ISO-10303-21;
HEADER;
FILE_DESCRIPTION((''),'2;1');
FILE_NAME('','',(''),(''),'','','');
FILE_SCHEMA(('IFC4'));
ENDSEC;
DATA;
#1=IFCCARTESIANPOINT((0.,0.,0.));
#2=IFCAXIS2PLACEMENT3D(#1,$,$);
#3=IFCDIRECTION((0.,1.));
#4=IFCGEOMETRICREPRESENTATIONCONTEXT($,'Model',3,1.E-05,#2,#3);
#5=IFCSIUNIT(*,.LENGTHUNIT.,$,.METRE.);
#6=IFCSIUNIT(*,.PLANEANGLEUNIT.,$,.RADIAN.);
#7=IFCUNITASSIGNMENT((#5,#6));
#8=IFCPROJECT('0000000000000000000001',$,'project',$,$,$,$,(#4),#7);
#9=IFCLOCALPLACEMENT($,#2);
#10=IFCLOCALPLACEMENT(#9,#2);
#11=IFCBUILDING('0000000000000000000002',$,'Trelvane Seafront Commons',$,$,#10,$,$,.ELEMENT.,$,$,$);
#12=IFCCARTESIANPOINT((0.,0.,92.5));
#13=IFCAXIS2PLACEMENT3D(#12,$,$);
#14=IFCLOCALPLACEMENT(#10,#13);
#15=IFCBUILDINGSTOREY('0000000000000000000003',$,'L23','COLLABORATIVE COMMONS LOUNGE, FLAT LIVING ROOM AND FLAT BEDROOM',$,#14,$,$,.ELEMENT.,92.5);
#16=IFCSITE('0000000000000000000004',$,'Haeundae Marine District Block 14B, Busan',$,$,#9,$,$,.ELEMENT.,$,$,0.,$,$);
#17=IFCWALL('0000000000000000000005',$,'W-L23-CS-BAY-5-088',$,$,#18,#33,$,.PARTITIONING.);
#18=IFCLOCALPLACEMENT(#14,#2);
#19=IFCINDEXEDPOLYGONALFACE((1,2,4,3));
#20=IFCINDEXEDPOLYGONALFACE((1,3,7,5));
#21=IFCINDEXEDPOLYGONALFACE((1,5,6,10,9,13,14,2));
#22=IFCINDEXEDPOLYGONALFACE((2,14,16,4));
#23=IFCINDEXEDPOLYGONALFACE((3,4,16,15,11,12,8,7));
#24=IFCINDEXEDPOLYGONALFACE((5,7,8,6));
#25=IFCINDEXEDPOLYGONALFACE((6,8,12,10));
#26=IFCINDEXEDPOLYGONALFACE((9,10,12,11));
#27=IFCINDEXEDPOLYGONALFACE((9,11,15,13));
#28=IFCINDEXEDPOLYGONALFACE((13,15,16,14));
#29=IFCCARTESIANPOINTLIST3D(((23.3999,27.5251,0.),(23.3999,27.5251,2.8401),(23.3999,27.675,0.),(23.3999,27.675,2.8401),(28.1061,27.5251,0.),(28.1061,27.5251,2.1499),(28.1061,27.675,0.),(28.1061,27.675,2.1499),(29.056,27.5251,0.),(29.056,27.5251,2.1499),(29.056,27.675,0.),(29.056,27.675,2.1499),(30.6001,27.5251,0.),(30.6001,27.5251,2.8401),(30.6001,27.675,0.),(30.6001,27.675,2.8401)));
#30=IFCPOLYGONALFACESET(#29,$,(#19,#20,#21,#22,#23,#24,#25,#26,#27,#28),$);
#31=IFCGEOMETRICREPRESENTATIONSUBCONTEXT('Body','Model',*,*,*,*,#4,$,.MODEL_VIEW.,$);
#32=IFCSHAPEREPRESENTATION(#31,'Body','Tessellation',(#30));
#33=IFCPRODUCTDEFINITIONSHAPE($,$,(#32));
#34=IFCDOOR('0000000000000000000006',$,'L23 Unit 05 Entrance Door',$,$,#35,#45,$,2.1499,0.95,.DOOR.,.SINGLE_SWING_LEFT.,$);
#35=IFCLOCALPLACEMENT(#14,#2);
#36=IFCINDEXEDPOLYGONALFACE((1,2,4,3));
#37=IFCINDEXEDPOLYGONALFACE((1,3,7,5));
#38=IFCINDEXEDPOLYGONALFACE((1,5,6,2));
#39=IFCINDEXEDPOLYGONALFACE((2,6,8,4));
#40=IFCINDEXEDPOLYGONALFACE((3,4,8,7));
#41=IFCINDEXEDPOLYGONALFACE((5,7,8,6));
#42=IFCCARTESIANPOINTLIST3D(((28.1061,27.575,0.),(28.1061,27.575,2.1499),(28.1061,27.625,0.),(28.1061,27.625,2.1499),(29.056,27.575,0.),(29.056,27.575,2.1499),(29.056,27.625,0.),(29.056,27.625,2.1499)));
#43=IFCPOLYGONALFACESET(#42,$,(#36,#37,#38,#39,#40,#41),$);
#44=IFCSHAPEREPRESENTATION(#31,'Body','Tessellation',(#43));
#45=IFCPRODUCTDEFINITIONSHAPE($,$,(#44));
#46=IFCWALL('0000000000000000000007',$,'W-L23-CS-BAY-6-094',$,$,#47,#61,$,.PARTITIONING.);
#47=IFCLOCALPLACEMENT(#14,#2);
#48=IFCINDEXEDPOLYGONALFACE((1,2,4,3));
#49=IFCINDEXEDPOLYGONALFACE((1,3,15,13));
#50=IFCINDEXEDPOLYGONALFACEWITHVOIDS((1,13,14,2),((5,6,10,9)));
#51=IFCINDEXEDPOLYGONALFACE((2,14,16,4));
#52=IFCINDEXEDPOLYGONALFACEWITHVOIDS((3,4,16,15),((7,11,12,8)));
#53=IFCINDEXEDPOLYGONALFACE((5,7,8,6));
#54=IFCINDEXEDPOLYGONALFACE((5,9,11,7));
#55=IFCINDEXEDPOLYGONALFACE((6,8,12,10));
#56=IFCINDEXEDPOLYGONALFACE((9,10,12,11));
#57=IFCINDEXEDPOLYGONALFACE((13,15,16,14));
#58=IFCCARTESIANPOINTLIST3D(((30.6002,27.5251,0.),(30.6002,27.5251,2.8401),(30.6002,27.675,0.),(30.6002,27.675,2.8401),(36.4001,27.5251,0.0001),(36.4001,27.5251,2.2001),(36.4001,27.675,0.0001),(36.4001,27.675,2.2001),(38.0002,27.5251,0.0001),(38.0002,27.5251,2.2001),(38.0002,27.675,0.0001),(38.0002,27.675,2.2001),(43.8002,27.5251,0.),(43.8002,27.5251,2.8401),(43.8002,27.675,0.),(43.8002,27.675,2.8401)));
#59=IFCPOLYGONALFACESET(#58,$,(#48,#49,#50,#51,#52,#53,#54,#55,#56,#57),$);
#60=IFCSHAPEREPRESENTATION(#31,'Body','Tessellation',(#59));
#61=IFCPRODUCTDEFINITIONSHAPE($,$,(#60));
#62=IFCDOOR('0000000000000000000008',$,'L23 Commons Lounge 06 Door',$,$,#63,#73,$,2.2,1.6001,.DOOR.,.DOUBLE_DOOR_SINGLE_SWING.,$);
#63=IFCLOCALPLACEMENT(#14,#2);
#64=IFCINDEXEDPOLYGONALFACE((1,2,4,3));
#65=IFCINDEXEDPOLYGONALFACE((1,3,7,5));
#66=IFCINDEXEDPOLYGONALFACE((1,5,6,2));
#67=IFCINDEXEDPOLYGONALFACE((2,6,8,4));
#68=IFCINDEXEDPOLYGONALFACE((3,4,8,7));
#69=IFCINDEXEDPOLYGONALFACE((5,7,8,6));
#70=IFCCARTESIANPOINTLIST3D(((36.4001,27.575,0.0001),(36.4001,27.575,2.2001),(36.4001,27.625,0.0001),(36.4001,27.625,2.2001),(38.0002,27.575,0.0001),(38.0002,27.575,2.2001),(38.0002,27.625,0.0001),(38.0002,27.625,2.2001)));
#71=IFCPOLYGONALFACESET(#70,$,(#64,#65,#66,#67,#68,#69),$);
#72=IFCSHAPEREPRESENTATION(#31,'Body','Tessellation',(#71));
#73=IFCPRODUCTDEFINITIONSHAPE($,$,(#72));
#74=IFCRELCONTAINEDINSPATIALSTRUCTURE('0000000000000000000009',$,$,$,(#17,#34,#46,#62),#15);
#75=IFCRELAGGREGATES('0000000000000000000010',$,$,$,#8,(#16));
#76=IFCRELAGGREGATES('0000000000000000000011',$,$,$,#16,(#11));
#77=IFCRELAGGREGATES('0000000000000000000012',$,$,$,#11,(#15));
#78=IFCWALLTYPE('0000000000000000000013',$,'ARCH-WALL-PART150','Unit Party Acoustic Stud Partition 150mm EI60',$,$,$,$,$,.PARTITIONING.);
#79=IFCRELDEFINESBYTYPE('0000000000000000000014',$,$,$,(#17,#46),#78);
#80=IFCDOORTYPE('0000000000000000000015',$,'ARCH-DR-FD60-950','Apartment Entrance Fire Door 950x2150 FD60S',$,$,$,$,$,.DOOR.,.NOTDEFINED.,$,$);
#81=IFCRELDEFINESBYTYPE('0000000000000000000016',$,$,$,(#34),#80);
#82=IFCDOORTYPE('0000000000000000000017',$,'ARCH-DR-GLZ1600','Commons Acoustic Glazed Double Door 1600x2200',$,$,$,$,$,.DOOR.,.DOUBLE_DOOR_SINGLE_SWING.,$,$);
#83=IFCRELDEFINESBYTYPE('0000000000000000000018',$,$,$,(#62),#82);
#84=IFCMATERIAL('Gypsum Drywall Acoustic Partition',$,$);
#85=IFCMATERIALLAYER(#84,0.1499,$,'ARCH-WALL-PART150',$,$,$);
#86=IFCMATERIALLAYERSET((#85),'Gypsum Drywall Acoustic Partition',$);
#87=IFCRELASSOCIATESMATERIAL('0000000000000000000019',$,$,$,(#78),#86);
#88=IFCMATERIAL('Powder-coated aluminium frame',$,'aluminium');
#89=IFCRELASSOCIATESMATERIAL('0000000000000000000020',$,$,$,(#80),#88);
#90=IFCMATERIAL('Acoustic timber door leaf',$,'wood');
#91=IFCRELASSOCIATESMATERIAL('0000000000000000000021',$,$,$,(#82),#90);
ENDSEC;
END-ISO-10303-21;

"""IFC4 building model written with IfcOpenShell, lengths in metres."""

from ifc_helpers import new_model, si_unit, direction, frame, frame_2d, origin, place, context, subcontext, project, spatial, rectangle, extrude, source, transform, mapped, material, layer, layer_set, type_object, element, fill, save


model = new_model("IFC4")

# Units and contexts
model_context = context("Model", 3, precision=1e-05, world=origin(), true_north=direction((0.0, 1.0)))
body_context = subcontext(model_context, "Body", "Model", "MODEL_VIEW")
ifc_project = project(units=[si_unit("LENGTHUNIT", "METRE"), si_unit("PLANEANGLEUNIT", "RADIAN")], contexts=[model_context])

# Site, building, storey
site_placement = place(None, origin())
site = spatial("IfcSite", under=ifc_project, at=site_placement, Name="Haeundae Marine District Block 14B, Busan", CompositionType="ELEMENT", RefElevation=0.0)
building_placement = place(site_placement, origin())
building = spatial("IfcBuilding", under=site, at=building_placement, Name="Trelvane Seafront Commons", CompositionType="ELEMENT")
storey_placement = place(building_placement, frame((0.0, 0.0, 92.5)))
storey = spatial("IfcBuildingStorey", under=building, at=storey_placement, Name="L23", Description="COLLABORATIVE COMMONS LOUNGE, FLAT LIVING ROOM AND FLAT BEDROOM", CompositionType="ELEMENT", Elevation=92.5)

# Shared definitions
ifc_material_1 = material(Name="Gypsum Drywall Acoustic Partition")
ifc_material_2 = material(Name="Acoustic timber door leaf", Category="wood")
shared_shape_1 = source(origin(), body_context, "Body", "SweptSolid", [
    extrude(rectangle(XDim=0.95, YDim=2.1499, at=frame_2d((0.4751, 1.075))), frame((0.0, 0.0249, 0.0), z_axis=(0.0, -1.0, 0.0), x_axis=(1.0, 0.0, 0.0)), (0.0, 0.0, 1.0), 0.05),
])

# Walls, openings, doors
ifc_layer_1 = layer(ifc_material_1, 0.1499, Name="ARCH-WALL-PART150")
ifc_layer_set_1 = layer_set([ifc_layer_1], Name="Gypsum Drywall Acoustic Partition")
wall_type_1 = type_object("IfcWallType", Name="ARCH-WALL-PART150", Description="Unit Party Acoustic Stud Partition 150mm EI60", PredefinedType="PARTITIONING", material=ifc_layer_set_1)
ifc_material_3 = material(Name="Powder-coated aluminium frame", Category="aluminium")
door_type_1 = type_object("IfcDoorType", Name="ARCH-DR-FD60-950", Description="Apartment Entrance Fire Door 950x2150 FD60S", OperationType="NOTDEFINED", PredefinedType="DOOR", material=ifc_material_3)
wall_1_placement = place(storey_placement, frame((23.3999, 27.6001, 0.0), z_axis=(0.0, 0.0, 1.0), x_axis=(1.0, 0.0, 0.0)))
wall_1 = element("IfcWall", 1, at=wall_1_placement, inside=storey, type_object=wall_type_1, Name="W-L23-CS-BAY-5-088", PredefinedType="PARTITIONING", context=body_context, shape_type="SweptSolid", body=[
    extrude(rectangle(XDim=7.2002, YDim=0.1499, at=frame_2d((3.6001, 0.0))), origin(), (0.0, 0.0, 1.0), 2.8401),
])
opening_1_placement = place(wall_1_placement, frame((4.7061, 0.0, 0.0)))
opening_1 = element("IfcOpeningElement", 2, at=opening_1_placement, cuts=wall_1, PredefinedType="OPENING", context=body_context, shape_type="SweptSolid", body=[
    extrude(rectangle(XDim=0.95, YDim=2.1499, at=frame_2d((0.4751, 1.075))), frame((0.0, 0.085, 0.0), z_axis=(0.0, -1.0, 0.0), x_axis=(1.0, 0.0, 0.0)), (0.0, 0.0, 1.0), 0.1699),
])
door_1_placement = place(opening_1_placement, origin())
door_1 = element("IfcDoor", 3, at=door_1_placement, inside=storey, type_object=door_type_1, Name="L23 Unit 05 Entrance Door", OperationType="SINGLE_SWING_LEFT", OverallHeight=2.1499, OverallWidth=0.95, PredefinedType="DOOR", context=body_context, shape_type="MappedRepresentation", body=[
    mapped(shared_shape_1, transform((0.0, 0.0, 0.0), x_axis=(1.0, 0.0, 0.0), y_axis=(0.0, 1.0, 0.0), z_axis=(0.0, 0.0, 1.0), scale=1.0)),
])
fill(opening_1, door_1)
wall_2_placement = place(storey_placement, frame((30.6001, 27.6001, 0.0), z_axis=(0.0, 0.0, 1.0), x_axis=(1.0, 0.0, 0.0)))
wall_2 = element("IfcWall", 4, at=wall_2_placement, inside=storey, type_object=wall_type_1, Name="W-L23-CS-BAY-6-094", PredefinedType="PARTITIONING", context=body_context, shape_type="SweptSolid", body=[
    extrude(rectangle(XDim=13.2, YDim=0.1499, at=frame_2d((6.6001, 0.0))), origin(), (0.0, 0.0, 1.0), 2.8401),
])
opening_2_placement = place(wall_2_placement, frame((5.8, 0.0, 0.0)))
opening_2 = element("IfcOpeningElement", 5, at=opening_2_placement, cuts=wall_2, PredefinedType="OPENING", context=body_context, shape_type="SweptSolid", body=[
    extrude(rectangle(XDim=1.6001, YDim=2.2, at=frame_2d((0.8, 1.1001))), frame((0.0, 0.085, 0.0), z_axis=(0.0, -1.0, 0.0), x_axis=(1.0, 0.0, 0.0)), (0.0, 0.0, 1.0), 0.1699),
])
door_type_2 = type_object("IfcDoorType", Name="ARCH-DR-GLZ1600", Description="Commons Acoustic Glazed Double Door 1600x2200", OperationType="DOUBLE_DOOR_SINGLE_SWING", PredefinedType="DOOR", material=ifc_material_2)
shared_shape_2 = source(origin(), body_context, "Body", "SweptSolid", [
    extrude(rectangle(XDim=1.6001, YDim=2.2, at=frame_2d((0.8, 1.1001))), frame((0.0, 0.0249, 0.0), z_axis=(0.0, -1.0, 0.0), x_axis=(1.0, 0.0, 0.0)), (0.0, 0.0, 1.0), 0.05),
])
door_2_placement = place(opening_2_placement, origin())
door_2 = element("IfcDoor", 6, at=door_2_placement, inside=storey, type_object=door_type_2, Name="L23 Commons Lounge 06 Door", OperationType="DOUBLE_DOOR_SINGLE_SWING", OverallHeight=2.2, OverallWidth=1.6001, PredefinedType="DOOR", context=body_context, shape_type="MappedRepresentation", body=[
    mapped(shared_shape_2, transform((0.0, 0.0, 0.0), x_axis=(1.0, 0.0, 0.0), y_axis=(0.0, 1.0, 0.0), z_axis=(0.0, 0.0, 1.0), scale=1.0)),
])
fill(opening_2, door_2)

save(model, "model.ifc")
